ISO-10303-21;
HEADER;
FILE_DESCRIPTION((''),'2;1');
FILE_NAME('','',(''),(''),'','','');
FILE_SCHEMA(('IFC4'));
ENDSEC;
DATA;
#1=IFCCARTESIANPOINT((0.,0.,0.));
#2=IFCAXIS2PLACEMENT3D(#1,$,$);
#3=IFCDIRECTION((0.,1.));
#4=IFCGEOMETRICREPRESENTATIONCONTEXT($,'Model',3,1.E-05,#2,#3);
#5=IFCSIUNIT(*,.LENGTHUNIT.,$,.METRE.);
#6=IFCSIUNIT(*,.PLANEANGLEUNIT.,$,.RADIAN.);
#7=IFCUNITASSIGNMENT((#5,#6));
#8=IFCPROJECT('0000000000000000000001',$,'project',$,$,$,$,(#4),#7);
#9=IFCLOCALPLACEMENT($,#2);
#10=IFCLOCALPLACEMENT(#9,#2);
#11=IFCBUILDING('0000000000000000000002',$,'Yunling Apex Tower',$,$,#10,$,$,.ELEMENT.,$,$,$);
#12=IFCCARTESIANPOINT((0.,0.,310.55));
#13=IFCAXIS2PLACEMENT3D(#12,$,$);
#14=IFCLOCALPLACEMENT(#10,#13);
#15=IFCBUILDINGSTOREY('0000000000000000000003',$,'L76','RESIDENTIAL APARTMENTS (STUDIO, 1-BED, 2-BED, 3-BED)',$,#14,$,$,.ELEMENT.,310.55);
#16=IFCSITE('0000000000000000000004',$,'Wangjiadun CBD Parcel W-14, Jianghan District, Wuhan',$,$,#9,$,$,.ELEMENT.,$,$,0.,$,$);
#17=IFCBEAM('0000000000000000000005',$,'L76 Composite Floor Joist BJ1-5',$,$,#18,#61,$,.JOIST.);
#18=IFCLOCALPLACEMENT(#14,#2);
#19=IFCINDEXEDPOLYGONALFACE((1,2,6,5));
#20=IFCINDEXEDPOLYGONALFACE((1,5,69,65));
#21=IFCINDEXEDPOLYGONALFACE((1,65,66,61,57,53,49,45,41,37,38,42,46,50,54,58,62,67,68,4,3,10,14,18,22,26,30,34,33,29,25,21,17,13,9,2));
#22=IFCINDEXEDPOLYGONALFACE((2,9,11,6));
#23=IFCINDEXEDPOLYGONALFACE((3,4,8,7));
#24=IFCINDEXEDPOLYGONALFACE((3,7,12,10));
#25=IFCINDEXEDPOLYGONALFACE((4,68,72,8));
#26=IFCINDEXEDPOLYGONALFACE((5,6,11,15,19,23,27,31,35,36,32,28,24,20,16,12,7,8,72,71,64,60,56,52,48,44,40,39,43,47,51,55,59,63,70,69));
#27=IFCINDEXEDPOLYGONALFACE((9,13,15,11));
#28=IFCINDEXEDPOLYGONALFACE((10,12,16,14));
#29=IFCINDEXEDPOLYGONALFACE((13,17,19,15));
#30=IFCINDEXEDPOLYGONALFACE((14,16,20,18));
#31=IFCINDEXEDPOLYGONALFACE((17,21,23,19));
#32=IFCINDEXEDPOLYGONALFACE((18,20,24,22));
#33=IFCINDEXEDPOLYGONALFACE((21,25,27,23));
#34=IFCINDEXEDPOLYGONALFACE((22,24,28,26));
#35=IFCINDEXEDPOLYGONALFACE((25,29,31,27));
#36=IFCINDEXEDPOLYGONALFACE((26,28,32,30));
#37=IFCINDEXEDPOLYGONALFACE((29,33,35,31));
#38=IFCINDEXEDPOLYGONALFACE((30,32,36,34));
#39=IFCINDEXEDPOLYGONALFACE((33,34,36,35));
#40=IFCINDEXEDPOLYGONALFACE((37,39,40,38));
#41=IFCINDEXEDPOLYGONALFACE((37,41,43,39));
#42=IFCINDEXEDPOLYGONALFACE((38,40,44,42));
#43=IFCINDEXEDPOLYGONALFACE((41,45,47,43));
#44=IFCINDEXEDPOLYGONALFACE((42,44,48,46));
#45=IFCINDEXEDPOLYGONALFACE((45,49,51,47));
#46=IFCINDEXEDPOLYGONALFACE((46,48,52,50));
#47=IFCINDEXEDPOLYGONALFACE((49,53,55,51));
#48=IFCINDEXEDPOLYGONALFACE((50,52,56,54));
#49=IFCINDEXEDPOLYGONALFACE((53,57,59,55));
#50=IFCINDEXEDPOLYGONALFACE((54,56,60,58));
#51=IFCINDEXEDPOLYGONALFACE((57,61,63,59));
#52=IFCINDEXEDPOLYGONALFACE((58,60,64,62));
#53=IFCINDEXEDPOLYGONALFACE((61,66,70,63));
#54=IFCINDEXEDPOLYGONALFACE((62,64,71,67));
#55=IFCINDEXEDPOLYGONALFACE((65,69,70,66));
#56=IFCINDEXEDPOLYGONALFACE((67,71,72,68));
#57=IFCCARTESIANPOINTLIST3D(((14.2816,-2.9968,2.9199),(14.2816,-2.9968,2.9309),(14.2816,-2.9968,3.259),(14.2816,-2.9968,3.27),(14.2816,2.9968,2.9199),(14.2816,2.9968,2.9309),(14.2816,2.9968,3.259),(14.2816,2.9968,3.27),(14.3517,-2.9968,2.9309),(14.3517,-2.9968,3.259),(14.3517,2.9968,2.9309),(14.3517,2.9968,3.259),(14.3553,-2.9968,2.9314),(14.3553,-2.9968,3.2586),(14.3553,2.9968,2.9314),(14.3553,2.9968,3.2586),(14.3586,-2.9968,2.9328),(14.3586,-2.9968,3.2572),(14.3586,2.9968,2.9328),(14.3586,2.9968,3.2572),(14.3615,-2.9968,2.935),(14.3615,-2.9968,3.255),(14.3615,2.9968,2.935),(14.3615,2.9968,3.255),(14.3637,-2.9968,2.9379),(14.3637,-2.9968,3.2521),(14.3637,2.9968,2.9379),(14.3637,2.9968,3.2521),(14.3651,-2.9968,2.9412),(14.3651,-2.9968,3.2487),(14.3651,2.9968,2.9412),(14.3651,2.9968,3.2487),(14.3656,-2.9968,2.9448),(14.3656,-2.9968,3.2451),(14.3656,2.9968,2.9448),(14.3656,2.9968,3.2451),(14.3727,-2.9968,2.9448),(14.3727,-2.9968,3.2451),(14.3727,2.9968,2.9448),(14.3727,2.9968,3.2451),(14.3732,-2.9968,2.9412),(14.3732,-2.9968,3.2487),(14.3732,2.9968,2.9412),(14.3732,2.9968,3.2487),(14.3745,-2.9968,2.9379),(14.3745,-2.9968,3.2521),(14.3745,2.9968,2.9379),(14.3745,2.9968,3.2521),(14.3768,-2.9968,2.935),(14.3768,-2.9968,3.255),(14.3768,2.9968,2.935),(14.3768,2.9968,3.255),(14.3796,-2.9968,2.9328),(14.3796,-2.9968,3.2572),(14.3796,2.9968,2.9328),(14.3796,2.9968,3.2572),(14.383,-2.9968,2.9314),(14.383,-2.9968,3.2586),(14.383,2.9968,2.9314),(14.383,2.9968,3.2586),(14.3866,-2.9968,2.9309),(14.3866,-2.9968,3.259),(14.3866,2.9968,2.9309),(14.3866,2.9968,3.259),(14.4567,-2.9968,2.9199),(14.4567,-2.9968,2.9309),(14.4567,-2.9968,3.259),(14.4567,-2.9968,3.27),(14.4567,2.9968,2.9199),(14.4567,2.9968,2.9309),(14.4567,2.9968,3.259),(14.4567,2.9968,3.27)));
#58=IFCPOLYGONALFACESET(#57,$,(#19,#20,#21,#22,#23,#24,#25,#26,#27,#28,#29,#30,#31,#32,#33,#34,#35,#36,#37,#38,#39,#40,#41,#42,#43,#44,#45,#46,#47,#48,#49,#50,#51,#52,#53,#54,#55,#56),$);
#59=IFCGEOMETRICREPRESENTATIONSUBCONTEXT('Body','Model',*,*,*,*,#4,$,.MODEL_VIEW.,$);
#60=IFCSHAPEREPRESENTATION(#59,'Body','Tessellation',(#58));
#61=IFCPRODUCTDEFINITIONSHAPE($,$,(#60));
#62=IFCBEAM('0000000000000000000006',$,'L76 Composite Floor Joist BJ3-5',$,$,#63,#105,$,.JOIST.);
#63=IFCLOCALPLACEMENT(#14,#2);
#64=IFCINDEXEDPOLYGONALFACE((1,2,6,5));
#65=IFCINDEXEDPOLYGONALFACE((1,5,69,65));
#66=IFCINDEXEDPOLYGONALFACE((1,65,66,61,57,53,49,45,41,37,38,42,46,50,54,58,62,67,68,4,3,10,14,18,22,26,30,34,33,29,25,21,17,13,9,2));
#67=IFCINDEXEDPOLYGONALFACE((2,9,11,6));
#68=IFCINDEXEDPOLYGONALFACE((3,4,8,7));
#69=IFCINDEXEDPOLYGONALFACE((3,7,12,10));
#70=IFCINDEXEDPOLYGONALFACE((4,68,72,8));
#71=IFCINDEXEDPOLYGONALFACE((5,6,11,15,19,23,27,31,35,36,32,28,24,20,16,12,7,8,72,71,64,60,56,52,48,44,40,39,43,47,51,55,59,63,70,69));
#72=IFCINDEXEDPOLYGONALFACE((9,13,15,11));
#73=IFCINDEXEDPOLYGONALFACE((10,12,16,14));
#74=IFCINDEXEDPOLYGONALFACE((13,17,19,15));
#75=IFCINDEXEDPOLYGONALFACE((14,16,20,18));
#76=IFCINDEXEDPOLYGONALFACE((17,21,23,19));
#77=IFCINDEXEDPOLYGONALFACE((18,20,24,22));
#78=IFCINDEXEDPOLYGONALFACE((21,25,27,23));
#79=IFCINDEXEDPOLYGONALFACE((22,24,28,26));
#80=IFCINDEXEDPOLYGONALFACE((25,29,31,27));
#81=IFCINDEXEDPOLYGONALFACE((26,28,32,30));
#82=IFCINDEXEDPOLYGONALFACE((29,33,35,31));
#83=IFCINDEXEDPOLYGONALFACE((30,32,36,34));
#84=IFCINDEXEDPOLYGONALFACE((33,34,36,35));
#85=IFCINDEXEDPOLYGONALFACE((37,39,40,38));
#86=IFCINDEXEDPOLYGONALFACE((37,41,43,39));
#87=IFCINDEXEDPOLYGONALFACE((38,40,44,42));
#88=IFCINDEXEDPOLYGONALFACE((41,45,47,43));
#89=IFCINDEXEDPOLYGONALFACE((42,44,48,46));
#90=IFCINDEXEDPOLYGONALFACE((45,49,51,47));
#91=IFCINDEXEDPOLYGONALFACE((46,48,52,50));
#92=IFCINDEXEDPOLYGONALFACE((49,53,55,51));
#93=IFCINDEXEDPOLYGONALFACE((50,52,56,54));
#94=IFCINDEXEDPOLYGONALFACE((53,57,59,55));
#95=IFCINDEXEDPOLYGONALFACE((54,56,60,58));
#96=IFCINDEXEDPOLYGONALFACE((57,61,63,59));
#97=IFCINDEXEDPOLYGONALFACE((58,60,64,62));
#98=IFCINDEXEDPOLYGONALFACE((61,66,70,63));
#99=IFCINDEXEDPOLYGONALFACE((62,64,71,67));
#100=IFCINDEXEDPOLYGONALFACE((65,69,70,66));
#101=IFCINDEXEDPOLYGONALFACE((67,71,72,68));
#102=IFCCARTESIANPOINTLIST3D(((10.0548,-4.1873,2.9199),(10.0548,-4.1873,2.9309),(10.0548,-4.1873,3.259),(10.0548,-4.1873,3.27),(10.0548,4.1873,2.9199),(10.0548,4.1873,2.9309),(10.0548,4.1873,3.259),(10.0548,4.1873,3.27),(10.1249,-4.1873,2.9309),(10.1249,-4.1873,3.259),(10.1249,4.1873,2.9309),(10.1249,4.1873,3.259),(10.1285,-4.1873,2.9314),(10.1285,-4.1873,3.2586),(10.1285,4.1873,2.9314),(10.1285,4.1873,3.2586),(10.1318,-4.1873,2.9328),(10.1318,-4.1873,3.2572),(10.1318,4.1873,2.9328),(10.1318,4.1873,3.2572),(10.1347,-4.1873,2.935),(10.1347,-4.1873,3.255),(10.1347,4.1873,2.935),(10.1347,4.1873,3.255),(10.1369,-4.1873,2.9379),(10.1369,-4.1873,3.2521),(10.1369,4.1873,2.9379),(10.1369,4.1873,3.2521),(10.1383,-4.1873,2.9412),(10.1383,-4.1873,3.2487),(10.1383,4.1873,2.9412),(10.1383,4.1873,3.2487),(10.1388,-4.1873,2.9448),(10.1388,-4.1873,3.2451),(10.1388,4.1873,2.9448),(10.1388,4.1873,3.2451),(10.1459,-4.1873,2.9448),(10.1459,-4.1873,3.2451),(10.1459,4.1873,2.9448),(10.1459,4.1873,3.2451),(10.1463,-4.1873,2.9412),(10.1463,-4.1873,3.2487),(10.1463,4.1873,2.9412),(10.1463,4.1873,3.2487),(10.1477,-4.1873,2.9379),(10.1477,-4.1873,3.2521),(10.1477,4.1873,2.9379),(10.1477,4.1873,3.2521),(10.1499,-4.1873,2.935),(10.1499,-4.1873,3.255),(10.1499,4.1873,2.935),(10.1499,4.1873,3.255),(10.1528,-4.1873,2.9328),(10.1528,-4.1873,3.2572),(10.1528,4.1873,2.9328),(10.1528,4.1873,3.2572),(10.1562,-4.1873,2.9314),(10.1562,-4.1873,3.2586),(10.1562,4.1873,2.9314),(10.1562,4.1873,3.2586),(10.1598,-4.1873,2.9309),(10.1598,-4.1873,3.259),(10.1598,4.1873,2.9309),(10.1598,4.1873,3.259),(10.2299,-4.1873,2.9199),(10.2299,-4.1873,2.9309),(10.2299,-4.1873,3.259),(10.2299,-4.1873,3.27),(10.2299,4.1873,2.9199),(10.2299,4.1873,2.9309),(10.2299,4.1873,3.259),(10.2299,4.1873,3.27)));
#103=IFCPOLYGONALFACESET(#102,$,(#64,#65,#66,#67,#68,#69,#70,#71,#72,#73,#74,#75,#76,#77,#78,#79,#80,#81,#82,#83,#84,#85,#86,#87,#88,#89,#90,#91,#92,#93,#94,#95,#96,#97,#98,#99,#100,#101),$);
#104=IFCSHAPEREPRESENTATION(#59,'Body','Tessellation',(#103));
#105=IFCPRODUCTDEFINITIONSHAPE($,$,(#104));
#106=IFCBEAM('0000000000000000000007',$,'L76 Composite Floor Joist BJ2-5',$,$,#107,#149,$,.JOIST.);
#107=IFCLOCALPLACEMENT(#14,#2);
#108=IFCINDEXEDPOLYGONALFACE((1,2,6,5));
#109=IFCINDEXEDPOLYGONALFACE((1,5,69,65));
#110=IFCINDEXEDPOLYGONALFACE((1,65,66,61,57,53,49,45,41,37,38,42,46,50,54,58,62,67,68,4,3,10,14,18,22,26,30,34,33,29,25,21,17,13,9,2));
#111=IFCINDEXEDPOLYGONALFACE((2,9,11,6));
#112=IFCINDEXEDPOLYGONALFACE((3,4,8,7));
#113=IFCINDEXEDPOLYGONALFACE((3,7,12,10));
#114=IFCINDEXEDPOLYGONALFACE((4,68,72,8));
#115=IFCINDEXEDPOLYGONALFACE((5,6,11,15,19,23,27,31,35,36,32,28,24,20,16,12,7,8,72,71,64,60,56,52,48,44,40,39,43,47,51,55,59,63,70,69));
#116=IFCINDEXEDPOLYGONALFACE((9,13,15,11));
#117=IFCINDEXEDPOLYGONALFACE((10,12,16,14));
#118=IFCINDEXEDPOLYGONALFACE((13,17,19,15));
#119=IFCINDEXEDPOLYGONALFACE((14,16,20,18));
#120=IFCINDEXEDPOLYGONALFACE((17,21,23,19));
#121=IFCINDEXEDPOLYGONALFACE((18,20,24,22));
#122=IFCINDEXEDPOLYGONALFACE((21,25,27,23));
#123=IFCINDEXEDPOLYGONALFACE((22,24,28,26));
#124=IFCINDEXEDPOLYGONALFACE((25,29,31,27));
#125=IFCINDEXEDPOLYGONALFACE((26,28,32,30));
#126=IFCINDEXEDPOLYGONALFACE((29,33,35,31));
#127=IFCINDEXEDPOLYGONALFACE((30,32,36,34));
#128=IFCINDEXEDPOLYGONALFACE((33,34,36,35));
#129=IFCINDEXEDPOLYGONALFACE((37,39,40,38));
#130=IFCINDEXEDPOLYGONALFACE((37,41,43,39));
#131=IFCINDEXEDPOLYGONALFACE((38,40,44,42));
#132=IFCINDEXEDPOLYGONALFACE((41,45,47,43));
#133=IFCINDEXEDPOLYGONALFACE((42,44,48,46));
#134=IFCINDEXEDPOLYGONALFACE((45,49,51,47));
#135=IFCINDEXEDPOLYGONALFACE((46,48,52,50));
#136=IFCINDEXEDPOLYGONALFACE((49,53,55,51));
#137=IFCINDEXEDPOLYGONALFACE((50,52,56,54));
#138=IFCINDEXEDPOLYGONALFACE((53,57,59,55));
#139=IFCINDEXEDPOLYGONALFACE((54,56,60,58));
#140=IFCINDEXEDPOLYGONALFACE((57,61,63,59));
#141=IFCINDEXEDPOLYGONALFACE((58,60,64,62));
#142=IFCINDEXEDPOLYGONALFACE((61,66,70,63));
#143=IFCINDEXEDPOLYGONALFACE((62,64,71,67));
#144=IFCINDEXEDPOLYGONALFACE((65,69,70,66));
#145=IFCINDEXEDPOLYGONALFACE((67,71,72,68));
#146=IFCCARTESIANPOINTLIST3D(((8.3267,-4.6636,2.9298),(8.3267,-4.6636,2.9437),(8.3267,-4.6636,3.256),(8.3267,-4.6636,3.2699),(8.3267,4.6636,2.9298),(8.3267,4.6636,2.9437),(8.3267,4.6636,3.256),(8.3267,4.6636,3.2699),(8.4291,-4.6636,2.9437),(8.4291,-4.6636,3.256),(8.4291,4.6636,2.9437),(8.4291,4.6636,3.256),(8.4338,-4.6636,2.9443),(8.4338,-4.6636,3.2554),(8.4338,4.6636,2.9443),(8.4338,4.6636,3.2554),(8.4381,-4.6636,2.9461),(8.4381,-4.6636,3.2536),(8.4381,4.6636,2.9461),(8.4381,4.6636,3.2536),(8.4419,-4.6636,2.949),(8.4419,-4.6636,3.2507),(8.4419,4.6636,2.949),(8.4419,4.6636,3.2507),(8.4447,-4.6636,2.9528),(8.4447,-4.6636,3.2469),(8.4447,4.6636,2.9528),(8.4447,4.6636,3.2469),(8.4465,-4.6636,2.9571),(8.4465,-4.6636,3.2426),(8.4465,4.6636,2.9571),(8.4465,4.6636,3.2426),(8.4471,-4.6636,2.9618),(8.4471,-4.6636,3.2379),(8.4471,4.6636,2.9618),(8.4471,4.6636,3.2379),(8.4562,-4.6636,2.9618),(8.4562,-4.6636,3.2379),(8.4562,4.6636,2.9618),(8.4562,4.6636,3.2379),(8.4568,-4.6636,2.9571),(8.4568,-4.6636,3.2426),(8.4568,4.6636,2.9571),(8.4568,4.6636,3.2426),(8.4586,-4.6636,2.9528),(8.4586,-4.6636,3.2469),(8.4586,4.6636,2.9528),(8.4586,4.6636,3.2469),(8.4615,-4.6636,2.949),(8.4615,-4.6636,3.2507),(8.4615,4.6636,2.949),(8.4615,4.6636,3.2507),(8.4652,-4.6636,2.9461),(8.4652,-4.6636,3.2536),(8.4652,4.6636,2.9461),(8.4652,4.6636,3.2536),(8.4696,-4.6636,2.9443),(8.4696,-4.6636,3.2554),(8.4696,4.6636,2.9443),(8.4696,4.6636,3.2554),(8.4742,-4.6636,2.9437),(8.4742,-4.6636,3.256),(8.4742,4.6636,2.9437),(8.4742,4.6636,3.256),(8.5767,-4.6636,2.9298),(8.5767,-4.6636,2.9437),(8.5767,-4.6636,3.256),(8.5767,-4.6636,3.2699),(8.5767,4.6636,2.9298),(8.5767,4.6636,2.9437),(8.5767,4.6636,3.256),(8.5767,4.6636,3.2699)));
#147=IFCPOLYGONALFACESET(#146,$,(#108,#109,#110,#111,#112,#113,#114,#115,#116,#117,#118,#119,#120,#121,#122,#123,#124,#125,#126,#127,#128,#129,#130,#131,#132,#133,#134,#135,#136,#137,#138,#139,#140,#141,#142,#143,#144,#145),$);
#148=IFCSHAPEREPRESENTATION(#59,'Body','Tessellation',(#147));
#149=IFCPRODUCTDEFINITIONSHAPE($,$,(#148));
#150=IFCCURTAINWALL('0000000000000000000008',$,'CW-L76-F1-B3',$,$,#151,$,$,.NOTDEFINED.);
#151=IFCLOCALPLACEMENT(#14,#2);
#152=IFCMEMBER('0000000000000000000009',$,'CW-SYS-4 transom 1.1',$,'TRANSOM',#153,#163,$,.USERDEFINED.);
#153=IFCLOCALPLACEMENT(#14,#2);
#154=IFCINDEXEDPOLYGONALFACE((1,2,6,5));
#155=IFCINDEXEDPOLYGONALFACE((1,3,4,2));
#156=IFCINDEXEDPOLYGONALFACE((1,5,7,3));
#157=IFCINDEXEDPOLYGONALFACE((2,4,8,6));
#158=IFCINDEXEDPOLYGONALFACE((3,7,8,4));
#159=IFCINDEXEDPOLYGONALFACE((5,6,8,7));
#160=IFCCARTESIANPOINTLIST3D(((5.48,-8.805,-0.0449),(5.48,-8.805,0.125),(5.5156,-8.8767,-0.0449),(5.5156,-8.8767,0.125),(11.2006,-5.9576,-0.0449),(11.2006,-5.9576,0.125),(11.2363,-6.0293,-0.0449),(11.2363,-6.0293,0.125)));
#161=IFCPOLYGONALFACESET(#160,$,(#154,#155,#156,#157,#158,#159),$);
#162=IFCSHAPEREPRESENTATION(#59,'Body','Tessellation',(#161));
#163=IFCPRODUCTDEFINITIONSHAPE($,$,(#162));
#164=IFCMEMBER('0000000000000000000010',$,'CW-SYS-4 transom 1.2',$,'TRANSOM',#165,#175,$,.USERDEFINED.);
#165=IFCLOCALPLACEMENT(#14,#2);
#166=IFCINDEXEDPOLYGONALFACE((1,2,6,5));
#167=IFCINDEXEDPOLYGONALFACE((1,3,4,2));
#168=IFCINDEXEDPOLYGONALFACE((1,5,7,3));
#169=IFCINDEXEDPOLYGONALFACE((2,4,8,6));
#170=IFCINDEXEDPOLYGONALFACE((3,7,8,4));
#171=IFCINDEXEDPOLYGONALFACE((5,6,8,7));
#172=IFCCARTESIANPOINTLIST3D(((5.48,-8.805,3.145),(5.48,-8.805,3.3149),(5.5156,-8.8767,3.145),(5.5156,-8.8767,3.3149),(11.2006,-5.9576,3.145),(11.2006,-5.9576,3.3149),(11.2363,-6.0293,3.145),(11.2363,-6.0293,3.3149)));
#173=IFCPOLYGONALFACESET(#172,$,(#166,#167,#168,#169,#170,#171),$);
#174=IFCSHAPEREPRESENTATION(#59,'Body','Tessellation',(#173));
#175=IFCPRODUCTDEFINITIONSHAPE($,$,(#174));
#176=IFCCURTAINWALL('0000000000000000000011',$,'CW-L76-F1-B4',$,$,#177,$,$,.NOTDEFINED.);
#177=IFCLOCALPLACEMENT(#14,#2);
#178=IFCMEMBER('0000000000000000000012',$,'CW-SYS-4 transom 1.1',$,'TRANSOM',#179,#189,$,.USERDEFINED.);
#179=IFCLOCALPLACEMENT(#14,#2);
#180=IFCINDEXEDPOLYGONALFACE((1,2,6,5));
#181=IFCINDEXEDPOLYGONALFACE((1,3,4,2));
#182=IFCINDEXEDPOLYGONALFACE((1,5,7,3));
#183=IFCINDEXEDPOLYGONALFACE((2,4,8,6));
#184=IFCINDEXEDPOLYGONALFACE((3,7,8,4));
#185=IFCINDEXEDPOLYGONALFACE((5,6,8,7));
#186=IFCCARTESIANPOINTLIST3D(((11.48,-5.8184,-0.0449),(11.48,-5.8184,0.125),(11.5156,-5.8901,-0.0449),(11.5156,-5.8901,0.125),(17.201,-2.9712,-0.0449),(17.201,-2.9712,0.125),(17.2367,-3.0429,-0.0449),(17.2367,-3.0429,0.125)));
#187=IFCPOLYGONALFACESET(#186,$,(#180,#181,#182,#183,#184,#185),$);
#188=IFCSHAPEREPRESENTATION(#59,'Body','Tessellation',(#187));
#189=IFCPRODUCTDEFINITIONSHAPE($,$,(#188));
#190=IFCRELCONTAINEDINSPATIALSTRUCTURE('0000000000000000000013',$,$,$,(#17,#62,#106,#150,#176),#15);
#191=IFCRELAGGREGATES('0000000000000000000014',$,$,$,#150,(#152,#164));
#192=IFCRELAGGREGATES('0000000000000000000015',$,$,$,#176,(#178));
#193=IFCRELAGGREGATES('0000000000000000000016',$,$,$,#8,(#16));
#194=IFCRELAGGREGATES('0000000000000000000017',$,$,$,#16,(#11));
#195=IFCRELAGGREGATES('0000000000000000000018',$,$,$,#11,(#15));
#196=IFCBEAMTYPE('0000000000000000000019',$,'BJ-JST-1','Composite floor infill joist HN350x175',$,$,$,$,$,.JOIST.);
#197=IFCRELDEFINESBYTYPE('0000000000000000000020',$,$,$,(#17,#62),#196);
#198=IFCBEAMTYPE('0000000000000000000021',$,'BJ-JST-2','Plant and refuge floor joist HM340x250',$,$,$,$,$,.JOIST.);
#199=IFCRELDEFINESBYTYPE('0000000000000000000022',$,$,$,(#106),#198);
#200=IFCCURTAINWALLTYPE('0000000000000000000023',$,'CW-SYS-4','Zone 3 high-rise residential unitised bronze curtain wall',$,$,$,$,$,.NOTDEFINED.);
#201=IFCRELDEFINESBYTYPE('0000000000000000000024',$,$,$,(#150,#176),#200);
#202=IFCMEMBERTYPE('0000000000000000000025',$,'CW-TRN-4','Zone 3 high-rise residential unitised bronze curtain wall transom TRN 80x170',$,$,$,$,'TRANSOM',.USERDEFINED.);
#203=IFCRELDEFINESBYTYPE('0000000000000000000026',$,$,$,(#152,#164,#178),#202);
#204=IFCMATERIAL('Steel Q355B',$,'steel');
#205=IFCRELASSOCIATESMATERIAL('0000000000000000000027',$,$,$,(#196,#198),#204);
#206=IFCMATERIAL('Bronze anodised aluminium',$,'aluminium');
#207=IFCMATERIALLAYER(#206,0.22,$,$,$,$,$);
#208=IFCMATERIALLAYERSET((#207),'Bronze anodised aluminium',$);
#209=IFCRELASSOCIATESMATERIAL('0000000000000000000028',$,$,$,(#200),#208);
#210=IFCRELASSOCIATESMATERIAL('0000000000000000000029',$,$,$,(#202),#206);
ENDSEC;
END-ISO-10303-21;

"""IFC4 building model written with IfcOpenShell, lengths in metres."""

from ifc_helpers import new_model, si_unit, direction, frame, origin, origin_2d, place, context, subcontext, project, spatial, rectangle, i_section, extrude, source, transform, mapped, material, layer, layer_set, material_profile, profile_set, type_object, element, aggregate, save


model = new_model("IFC4")

# Units and contexts
model_context = context("Model", 3, precision=1e-05, world=origin(), true_north=direction((0.0, 1.0)))
body_context = subcontext(model_context, "Body", "Model", "MODEL_VIEW")
ifc_project = project(units=[si_unit("LENGTHUNIT", "METRE"), si_unit("PLANEANGLEUNIT", "RADIAN")], contexts=[model_context])

# Site, building, storey
site_placement = place(None, origin())
site = spatial("IfcSite", under=ifc_project, at=site_placement, Name="Wangjiadun CBD Parcel W-14, Jianghan District, Wuhan", CompositionType="ELEMENT", RefElevation=0.0)
building_placement = place(site_placement, origin())
building = spatial("IfcBuilding", under=site, at=building_placement, Name="Yunling Apex Tower", CompositionType="ELEMENT")
storey_placement = place(building_placement, frame((0.0, 0.0, 310.55)))
storey = spatial("IfcBuildingStorey", under=building, at=storey_placement, Name="L76", Description="RESIDENTIAL APARTMENTS (STUDIO, 1-BED, 2-BED, 3-BED)", CompositionType="ELEMENT", Elevation=310.55)

# Shared definitions
ifc_material_1 = material(Name="Steel Q355B", Category="steel")

# Beams
ifc_material_profile_1 = material_profile(ifc_material_1, i_section(OverallWidth=0.175, OverallDepth=0.3501, WebThickness=0.0071, FlangeThickness=0.011, FilletRadius=0.0139, at=origin_2d()))
ifc_profile_set_1 = profile_set([ifc_material_profile_1], Name="Steel Q355B")
beam_type_1 = type_object("IfcBeamType", Name="BJ-JST-1", Description="Composite floor infill joist HN350x175", PredefinedType="JOIST", material=ifc_profile_set_1)
shared_shape_1 = source(origin(), body_context, "Body", "SweptSolid", [
    extrude(i_section(OverallWidth=0.175, OverallDepth=0.3501, WebThickness=0.0071, FlangeThickness=0.011, FilletRadius=0.0139, at=origin_2d()), origin(), (0.0, 0.0, 1.0), 5.9937),
])
beam_1_placement = place(storey_placement, frame((14.3691, -2.9968, 3.095), z_axis=(0.0, 1.0, 0.0), x_axis=(-1.0, 0.0, 0.0)))
element("IfcBeam", 1, at=beam_1_placement, inside=storey, type_object=beam_type_1, Name="L76 Composite Floor Joist BJ1-5", PredefinedType="JOIST", context=body_context, shape_type="MappedRepresentation", body=[
    mapped(shared_shape_1, transform((0.0, 0.0, 0.0), scale=1.0)),
])
shared_shape_2 = source(origin(), body_context, "Body", "SweptSolid", [
    extrude(i_section(OverallWidth=0.175, OverallDepth=0.3501, WebThickness=0.0071, FlangeThickness=0.011, FilletRadius=0.0139, at=origin_2d()), origin(), (0.0, 0.0, 1.0), 8.3745),
])
beam_2_placement = place(storey_placement, frame((10.1423, -4.1873, 3.095), z_axis=(0.0, 1.0, 0.0), x_axis=(-1.0, 0.0, 0.0)))
element("IfcBeam", 2, at=beam_2_placement, inside=storey, type_object=beam_type_1, Name="L76 Composite Floor Joist BJ3-5", PredefinedType="JOIST", context=body_context, shape_type="MappedRepresentation", body=[
    mapped(shared_shape_2, transform((0.0, 0.0, 0.0), scale=1.0)),
])
ifc_material_profile_2 = material_profile(ifc_material_1, i_section(OverallWidth=0.25, OverallDepth=0.3401, WebThickness=0.009, FlangeThickness=0.0139, FilletRadius=0.0181, at=origin_2d()))
ifc_profile_set_2 = profile_set([ifc_material_profile_2], Name="Steel Q355B")
beam_type_2 = type_object("IfcBeamType", Name="BJ-JST-2", Description="Plant and refuge floor joist HM340x250", PredefinedType="JOIST", material=ifc_profile_set_2)
shared_shape_3 = source(origin(), body_context, "Body", "SweptSolid", [
    extrude(i_section(OverallWidth=0.25, OverallDepth=0.3401, WebThickness=0.009, FlangeThickness=0.0139, FilletRadius=0.0181, at=origin_2d()), origin(), (0.0, 0.0, 1.0), 9.3271),
])
beam_3_placement = place(storey_placement, frame((8.4517, -4.6636, 3.0999), z_axis=(0.0, 1.0, 0.0), x_axis=(-1.0, 0.0, 0.0)))
element("IfcBeam", 3, at=beam_3_placement, inside=storey, type_object=beam_type_2, Name="L76 Composite Floor Joist BJ2-5", PredefinedType="JOIST", context=body_context, shape_type="MappedRepresentation", body=[
    mapped(shared_shape_3, transform((0.0, 0.0, 0.0), scale=1.0)),
])

# Curtain walls, members
ifc_material_2 = material(Name="Bronze anodised aluminium", Category="aluminium")
ifc_layer_1 = layer(ifc_material_2, 0.22)
ifc_layer_set_1 = layer_set([ifc_layer_1], Name="Bronze anodised aluminium")
curtain_wall_type = type_object("IfcCurtainWallType", Name="CW-SYS-4", Description="Zone 3 high-rise residential unitised bronze curtain wall", PredefinedType="NOTDEFINED", material=ifc_layer_set_1)
curtain_wall_1_placement = place(storey_placement, origin())
curtain_wall_1 = element("IfcCurtainWall", 4, at=curtain_wall_1_placement, inside=storey, type_object=curtain_wall_type, Name="CW-L76-F1-B3", PredefinedType="NOTDEFINED")
ifc_material_profile_3 = material_profile(ifc_material_2, rectangle(XDim=0.0801, YDim=0.1699, at=origin_2d()))
ifc_profile_set_3 = profile_set([ifc_material_profile_3], Name="Bronze anodised aluminium")
member_type_1 = type_object("IfcMemberType", Name="CW-TRN-4", Description="Zone 3 high-rise residential unitised bronze curtain wall transom TRN 80x170", ElementType="TRANSOM", PredefinedType="USERDEFINED", material=ifc_profile_set_3)
shared_shape_4 = source(origin(), body_context, "Body", "SweptSolid", [
    extrude(rectangle(XDim=0.0801, YDim=0.1699, at=origin_2d()), origin(), (0.0, 0.0, 1.0), 6.3901),
])
member_1_placement = place(storey_placement, frame((5.4978, -8.8408, 0.04), z_axis=(0.895236, 0.445593, 0.0), x_axis=(-0.445593, 0.895236, 0.0)))
member_1 = element("IfcMember", 5, at=member_1_placement, type_object=member_type_1, Name="CW-SYS-4 transom 1.1", ObjectType="TRANSOM", PredefinedType="USERDEFINED", context=body_context, shape_type="MappedRepresentation", body=[
    mapped(shared_shape_4, transform((0.0, 0.0, 0.0), scale=1.0)),
])
member_2_placement = place(storey_placement, frame((5.4978, -8.8408, 3.23), z_axis=(0.895236, 0.445593, 0.0), x_axis=(-0.445593, 0.895236, 0.0)))
member_2 = element("IfcMember", 6, at=member_2_placement, type_object=member_type_1, Name="CW-SYS-4 transom 1.2", ObjectType="TRANSOM", PredefinedType="USERDEFINED", context=body_context, shape_type="MappedRepresentation", body=[
    mapped(shared_shape_4, transform((0.0, 0.0, 0.0), scale=1.0)),
])
curtain_wall_2_placement = place(storey_placement, origin())
curtain_wall_2 = element("IfcCurtainWall", 7, at=curtain_wall_2_placement, inside=storey, type_object=curtain_wall_type, Name="CW-L76-F1-B4", PredefinedType="NOTDEFINED")
shared_shape_5 = source(origin(), body_context, "Body", "SweptSolid", [
    extrude(rectangle(XDim=0.0801, YDim=0.1699, at=origin_2d()), origin(), (0.0, 0.0, 1.0), 6.3904),
])
member_3_placement = place(storey_placement, frame((11.4978, -5.8542, 0.04), z_axis=(0.895259, 0.445547, 0.0), x_axis=(-0.445547, 0.895259, 0.0)))
member_3 = element("IfcMember", 8, at=member_3_placement, type_object=member_type_1, Name="CW-SYS-4 transom 1.1", ObjectType="TRANSOM", PredefinedType="USERDEFINED", context=body_context, shape_type="MappedRepresentation", body=[
    mapped(shared_shape_5, transform((0.0, 0.0, 0.0), scale=1.0)),
])

aggregate(curtain_wall_1, [member_1, member_2])
aggregate(curtain_wall_2, [member_3])

save(model, "model.ifc")
